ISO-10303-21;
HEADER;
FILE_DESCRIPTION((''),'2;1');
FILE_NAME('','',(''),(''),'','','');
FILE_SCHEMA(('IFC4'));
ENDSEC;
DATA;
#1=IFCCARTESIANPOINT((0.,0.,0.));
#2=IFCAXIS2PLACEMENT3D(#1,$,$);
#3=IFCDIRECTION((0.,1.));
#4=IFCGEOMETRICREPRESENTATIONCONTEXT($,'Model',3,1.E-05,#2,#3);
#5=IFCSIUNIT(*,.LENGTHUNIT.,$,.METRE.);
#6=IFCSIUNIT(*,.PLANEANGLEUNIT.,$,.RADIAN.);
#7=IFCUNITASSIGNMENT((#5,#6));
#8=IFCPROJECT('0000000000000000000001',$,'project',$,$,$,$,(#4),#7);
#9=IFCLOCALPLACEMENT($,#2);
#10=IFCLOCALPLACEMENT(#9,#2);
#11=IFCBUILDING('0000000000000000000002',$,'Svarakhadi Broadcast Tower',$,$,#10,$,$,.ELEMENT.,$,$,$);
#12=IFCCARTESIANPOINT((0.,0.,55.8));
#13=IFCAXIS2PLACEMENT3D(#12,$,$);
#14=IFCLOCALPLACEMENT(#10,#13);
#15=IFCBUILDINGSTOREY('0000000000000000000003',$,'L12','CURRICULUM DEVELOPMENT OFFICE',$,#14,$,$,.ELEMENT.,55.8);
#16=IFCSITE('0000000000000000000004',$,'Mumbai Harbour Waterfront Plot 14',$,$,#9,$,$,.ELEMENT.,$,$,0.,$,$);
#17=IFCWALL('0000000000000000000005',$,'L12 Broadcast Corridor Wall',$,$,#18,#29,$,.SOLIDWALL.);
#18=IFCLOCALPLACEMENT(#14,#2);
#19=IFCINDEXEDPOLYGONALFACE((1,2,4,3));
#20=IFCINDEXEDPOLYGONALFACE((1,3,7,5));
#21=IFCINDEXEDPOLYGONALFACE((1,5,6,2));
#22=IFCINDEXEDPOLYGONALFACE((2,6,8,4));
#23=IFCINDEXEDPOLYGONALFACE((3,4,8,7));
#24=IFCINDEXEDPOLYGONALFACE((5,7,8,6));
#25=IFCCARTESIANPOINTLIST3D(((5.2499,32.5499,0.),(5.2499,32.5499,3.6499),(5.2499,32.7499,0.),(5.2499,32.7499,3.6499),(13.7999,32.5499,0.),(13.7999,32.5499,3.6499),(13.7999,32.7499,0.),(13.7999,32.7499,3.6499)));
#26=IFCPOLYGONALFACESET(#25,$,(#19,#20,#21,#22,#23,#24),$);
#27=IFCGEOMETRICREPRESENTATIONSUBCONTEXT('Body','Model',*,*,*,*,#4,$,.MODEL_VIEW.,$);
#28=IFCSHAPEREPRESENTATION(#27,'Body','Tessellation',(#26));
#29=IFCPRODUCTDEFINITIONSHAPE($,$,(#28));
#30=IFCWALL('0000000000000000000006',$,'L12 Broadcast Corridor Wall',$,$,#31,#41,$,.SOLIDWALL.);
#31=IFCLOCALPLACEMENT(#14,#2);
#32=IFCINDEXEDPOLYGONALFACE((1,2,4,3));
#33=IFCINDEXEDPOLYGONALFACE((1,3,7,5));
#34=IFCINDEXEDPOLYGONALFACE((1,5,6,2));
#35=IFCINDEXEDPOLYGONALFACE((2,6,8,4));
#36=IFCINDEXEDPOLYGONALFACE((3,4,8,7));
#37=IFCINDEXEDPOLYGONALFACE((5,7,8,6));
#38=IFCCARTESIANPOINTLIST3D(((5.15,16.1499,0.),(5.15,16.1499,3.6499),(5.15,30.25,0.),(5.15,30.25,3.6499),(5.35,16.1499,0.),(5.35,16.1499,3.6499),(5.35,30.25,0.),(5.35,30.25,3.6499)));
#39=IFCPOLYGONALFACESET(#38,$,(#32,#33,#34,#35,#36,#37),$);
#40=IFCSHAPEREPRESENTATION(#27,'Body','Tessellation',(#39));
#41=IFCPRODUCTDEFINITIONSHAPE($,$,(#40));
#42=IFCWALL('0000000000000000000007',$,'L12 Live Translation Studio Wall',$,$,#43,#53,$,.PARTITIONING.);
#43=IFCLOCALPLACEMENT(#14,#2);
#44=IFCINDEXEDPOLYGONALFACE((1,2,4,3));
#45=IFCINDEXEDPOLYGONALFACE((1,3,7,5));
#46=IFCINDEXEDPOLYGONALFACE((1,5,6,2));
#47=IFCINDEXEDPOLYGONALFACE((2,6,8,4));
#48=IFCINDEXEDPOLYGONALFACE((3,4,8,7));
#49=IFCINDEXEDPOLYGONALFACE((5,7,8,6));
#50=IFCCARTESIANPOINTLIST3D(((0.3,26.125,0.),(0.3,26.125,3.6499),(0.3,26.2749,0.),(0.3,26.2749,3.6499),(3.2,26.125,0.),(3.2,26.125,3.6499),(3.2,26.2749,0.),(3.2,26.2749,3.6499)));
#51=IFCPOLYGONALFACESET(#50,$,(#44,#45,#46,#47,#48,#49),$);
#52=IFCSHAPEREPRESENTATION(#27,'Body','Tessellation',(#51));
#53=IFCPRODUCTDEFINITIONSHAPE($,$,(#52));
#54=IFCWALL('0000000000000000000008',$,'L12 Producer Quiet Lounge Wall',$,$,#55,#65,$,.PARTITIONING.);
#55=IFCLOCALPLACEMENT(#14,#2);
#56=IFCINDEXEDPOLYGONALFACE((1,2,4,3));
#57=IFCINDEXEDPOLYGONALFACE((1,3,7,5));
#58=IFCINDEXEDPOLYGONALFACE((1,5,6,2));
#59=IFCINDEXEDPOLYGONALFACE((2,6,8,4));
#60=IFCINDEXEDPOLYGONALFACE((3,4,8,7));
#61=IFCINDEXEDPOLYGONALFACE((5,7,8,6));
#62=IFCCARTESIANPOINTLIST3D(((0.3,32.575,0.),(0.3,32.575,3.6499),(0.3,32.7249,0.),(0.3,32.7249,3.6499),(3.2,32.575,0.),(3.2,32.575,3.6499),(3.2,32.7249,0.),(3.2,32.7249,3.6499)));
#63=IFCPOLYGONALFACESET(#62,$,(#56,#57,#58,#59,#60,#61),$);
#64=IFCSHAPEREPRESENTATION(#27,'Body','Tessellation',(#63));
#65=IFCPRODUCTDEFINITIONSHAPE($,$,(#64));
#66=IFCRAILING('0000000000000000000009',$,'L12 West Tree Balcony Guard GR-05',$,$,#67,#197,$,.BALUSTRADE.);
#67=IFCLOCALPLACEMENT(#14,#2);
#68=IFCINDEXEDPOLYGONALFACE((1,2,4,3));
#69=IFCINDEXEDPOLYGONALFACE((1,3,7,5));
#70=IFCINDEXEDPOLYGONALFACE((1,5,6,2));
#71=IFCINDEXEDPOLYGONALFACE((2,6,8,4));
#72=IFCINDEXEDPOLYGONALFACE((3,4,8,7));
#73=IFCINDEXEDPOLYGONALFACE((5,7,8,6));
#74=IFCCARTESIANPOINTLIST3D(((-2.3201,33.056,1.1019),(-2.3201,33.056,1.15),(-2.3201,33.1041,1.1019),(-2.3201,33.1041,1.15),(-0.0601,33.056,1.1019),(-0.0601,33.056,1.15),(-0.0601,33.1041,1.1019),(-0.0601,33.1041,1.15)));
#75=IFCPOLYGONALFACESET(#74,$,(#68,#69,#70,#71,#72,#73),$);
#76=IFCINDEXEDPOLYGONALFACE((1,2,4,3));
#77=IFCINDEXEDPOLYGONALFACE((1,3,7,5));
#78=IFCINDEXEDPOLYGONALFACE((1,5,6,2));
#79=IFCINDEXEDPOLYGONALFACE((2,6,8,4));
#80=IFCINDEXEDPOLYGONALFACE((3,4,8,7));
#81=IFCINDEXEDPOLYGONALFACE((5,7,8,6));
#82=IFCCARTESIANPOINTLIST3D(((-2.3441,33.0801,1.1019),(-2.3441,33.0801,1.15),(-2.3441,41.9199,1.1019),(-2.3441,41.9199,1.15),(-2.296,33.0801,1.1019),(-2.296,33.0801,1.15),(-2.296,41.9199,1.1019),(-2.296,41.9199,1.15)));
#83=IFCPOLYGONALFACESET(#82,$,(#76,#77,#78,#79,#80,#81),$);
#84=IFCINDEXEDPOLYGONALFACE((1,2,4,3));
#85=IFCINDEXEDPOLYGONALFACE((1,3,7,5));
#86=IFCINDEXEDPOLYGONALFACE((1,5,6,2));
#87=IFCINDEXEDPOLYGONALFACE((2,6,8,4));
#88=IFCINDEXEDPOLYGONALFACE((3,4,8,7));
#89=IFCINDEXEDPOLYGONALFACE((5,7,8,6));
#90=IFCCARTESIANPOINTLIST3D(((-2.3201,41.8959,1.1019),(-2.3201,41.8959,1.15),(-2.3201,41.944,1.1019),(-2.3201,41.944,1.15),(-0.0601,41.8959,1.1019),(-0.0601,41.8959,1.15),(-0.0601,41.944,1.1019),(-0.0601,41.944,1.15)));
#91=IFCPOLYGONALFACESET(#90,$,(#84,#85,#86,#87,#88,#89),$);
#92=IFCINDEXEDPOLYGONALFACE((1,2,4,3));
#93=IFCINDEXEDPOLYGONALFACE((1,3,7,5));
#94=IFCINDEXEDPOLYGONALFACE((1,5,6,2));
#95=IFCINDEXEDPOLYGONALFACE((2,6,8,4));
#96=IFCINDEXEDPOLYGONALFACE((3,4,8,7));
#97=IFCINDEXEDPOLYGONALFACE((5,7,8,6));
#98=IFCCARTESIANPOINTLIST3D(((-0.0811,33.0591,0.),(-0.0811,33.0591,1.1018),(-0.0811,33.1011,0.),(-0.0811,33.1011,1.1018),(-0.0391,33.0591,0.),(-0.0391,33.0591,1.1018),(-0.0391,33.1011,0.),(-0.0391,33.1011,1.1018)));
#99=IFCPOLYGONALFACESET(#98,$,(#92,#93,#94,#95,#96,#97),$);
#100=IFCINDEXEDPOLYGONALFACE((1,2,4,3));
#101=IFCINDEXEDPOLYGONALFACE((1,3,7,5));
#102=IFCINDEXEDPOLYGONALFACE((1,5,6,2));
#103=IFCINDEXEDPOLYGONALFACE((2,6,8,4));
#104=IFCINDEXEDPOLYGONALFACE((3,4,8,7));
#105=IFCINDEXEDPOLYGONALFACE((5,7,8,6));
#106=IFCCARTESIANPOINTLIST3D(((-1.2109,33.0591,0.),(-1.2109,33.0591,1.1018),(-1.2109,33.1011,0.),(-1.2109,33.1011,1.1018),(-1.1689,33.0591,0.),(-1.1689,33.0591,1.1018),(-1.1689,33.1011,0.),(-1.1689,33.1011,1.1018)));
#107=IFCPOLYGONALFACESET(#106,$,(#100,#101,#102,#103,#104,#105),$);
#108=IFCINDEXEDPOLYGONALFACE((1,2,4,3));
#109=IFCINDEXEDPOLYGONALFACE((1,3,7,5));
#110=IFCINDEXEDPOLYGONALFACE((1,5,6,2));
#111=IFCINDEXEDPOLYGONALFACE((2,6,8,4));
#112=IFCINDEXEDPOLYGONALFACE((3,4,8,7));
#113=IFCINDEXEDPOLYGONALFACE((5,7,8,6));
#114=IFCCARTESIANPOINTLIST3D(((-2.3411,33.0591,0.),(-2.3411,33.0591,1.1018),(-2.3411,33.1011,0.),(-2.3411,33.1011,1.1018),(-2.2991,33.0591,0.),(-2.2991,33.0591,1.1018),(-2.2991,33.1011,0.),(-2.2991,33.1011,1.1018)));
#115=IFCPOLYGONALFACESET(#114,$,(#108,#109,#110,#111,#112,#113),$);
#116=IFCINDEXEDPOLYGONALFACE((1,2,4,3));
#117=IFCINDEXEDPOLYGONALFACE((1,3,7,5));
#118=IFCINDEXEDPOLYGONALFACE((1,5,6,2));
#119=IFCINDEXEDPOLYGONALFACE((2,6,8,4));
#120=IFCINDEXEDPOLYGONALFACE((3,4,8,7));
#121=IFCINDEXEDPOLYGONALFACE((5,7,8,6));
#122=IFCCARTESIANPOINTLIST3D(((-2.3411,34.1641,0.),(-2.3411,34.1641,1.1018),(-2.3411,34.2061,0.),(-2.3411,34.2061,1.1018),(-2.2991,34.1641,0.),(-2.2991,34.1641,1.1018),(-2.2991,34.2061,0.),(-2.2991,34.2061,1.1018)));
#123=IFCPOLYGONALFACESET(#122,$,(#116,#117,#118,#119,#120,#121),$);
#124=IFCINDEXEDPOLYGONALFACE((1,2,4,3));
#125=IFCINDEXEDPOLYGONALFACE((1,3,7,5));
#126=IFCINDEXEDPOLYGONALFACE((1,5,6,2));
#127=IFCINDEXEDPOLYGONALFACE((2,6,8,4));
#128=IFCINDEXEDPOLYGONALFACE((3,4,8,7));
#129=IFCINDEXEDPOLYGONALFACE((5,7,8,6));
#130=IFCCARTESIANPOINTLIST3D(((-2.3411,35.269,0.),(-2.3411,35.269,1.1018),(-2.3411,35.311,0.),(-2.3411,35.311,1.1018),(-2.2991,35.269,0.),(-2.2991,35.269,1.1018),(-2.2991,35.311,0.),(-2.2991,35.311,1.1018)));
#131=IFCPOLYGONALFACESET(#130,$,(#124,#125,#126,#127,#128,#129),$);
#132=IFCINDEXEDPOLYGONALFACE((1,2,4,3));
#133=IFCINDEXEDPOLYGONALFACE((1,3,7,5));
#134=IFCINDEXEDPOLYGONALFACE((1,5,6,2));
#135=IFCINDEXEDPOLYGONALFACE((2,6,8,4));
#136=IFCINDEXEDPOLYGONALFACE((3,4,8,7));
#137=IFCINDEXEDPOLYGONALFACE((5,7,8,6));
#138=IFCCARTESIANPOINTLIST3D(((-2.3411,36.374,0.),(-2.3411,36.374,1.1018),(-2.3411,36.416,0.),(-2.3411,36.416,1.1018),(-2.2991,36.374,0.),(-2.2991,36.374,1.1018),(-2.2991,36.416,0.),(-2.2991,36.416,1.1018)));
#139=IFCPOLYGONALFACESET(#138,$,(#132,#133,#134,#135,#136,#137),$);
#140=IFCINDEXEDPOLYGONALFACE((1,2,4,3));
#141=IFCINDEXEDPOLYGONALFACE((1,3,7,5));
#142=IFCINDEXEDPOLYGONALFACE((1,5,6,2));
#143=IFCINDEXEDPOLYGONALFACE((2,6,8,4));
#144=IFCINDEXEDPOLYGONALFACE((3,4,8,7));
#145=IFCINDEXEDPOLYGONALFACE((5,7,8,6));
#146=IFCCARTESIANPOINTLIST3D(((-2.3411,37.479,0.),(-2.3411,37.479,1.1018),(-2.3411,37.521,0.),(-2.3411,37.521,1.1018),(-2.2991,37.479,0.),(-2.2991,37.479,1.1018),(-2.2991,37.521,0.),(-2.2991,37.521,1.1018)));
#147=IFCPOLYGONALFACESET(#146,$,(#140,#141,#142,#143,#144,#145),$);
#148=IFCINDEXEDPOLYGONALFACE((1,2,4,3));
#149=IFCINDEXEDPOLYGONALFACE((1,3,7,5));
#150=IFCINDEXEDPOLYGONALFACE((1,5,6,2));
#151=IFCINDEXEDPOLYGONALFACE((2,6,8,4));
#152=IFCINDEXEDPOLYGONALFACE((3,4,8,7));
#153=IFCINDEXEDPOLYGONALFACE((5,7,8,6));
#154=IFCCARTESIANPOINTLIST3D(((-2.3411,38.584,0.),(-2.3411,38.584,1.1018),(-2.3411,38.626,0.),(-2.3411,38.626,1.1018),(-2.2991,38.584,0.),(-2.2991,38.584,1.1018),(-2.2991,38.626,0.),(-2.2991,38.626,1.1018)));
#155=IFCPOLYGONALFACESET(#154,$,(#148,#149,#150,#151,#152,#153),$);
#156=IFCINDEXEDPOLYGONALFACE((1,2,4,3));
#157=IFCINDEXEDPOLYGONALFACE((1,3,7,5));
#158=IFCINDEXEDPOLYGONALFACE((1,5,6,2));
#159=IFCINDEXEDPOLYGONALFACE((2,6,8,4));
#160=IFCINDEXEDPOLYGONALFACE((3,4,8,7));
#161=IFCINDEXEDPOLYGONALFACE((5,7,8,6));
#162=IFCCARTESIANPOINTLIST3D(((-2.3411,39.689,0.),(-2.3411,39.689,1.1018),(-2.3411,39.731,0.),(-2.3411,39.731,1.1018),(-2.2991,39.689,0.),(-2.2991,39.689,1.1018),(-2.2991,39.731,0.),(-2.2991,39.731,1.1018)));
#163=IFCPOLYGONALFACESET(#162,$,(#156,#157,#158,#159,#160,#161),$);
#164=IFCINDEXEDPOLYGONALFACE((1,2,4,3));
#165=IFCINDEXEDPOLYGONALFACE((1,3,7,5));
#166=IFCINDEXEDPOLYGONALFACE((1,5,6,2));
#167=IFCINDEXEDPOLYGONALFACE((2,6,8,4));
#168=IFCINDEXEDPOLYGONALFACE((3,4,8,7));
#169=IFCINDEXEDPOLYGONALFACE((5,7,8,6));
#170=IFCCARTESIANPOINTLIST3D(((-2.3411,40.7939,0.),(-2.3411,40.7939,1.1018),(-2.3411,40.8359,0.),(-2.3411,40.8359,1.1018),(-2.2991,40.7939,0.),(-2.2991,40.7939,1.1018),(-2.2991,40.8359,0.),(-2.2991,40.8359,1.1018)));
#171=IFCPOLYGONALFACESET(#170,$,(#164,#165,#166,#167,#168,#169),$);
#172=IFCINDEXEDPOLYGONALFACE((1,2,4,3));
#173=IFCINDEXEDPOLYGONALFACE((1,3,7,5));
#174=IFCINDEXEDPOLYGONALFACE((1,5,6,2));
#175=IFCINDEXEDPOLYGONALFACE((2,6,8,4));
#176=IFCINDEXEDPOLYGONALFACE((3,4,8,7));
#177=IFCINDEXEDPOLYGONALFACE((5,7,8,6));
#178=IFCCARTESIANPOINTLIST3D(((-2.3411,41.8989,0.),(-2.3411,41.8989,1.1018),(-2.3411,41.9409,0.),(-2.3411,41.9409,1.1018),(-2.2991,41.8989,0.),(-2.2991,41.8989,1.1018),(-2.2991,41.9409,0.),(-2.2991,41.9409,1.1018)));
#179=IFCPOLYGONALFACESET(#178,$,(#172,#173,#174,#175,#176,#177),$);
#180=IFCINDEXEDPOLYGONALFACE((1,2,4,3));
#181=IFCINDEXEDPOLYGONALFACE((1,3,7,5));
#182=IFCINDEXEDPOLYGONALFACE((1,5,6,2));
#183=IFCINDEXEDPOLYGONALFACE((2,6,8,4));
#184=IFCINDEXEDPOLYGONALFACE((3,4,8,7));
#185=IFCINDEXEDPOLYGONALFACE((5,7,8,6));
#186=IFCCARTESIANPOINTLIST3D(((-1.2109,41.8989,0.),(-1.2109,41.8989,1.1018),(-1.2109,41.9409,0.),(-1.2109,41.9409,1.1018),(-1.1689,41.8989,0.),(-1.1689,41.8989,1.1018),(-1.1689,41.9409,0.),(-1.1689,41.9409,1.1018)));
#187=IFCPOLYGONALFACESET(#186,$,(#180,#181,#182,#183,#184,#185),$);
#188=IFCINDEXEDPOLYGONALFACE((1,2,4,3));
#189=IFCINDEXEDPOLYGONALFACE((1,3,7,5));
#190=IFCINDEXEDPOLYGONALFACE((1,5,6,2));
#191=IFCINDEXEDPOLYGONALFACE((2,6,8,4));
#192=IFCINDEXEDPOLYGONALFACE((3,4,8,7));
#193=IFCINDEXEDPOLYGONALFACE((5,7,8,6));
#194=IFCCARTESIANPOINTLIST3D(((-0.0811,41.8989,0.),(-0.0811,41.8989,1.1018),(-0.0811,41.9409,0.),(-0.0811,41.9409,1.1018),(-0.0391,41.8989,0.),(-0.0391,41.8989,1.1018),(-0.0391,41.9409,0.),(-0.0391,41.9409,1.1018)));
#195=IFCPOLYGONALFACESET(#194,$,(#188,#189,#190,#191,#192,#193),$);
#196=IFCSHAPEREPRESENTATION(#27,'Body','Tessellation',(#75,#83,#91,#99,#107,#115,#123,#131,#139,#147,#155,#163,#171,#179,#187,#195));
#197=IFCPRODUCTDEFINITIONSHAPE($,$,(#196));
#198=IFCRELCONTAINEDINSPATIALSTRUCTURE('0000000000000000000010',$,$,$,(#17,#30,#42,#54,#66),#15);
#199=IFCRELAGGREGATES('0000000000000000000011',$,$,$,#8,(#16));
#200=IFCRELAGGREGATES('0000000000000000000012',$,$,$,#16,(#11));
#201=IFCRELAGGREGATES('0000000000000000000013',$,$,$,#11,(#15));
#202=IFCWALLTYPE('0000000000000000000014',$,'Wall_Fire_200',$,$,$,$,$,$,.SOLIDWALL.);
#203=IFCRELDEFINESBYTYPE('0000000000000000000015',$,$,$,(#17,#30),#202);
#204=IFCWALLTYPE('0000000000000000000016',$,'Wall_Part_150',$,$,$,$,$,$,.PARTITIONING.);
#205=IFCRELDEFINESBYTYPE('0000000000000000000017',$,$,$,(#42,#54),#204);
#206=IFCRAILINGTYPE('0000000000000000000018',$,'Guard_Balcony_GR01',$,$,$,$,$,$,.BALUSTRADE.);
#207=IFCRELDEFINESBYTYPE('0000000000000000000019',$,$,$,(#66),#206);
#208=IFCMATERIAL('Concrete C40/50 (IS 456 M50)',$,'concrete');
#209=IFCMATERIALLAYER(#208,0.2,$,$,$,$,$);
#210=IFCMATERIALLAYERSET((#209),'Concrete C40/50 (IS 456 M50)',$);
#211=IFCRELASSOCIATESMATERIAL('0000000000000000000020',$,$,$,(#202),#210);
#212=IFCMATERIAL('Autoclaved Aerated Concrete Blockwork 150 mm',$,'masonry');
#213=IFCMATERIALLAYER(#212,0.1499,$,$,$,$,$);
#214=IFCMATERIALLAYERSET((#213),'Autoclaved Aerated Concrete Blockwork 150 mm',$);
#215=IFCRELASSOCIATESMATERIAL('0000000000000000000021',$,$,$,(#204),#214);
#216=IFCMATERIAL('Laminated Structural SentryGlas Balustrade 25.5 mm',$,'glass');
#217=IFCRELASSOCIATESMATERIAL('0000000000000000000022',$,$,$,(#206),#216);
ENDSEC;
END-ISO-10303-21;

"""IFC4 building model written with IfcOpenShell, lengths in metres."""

from ifc_helpers import new_model, si_unit, direction, frame, frame_2d, origin, origin_2d, place, context, subcontext, project, spatial, rectangle, extrude, material, layer, layer_set, type_object, element, save


model = new_model("IFC4")

# Units and contexts
model_context = context("Model", 3, precision=1e-05, world=origin(), true_north=direction((0.0, 1.0)))
body_context = subcontext(model_context, "Body", "Model", "MODEL_VIEW")
ifc_project = project(units=[si_unit("LENGTHUNIT", "METRE"), si_unit("PLANEANGLEUNIT", "RADIAN")], contexts=[model_context])

# Site, building, storey
site_placement = place(None, origin())
site = spatial("IfcSite", under=ifc_project, at=site_placement, Name="Mumbai Harbour Waterfront Plot 14", CompositionType="ELEMENT", RefElevation=0.0)
building_placement = place(site_placement, origin())
building = spatial("IfcBuilding", under=site, at=building_placement, Name="Svarakhadi Broadcast Tower", CompositionType="ELEMENT")
storey_placement = place(building_placement, frame((0.0, 0.0, 55.8)))
storey = spatial("IfcBuildingStorey", under=building, at=storey_placement, Name="L12", Description="CURRICULUM DEVELOPMENT OFFICE", CompositionType="ELEMENT", Elevation=55.8)

# Shared definitions
ifc_material_1 = material(Name="Concrete C40/50 (IS 456 M50)", Category="concrete")

# Walls
ifc_layer_1 = layer(ifc_material_1, 0.2)
ifc_layer_set_1 = layer_set([ifc_layer_1], Name="Concrete C40/50 (IS 456 M50)")
wall_type_1 = type_object("IfcWallType", Name="Wall_Fire_200", PredefinedType="SOLIDWALL", material=ifc_layer_set_1)
wall_1_placement = place(storey_placement, frame((5.25, 32.6499, 0.0), z_axis=(0.0, 0.0, 1.0), x_axis=(1.0, 0.0, 0.0)))
element("IfcWall", 1, at=wall_1_placement, inside=storey, type_object=wall_type_1, Name="L12 Broadcast Corridor Wall", PredefinedType="SOLIDWALL", context=body_context, shape_type="SweptSolid", body=[
    extrude(rectangle(XDim=8.55, YDim=0.2, at=frame_2d((4.2749, 0.0))), origin(), (0.0, 0.0, 1.0), 3.6499),
])
wall_2_placement = place(storey_placement, frame((5.25, 30.25, 0.0), z_axis=(0.0, 0.0, 1.0), x_axis=(0.0, -1.0, 0.0)))
element("IfcWall", 2, at=wall_2_placement, inside=storey, type_object=wall_type_1, Name="L12 Broadcast Corridor Wall", PredefinedType="SOLIDWALL", context=body_context, shape_type="SweptSolid", body=[
    extrude(rectangle(XDim=14.1001, YDim=0.2, at=frame_2d((7.05, 0.0))), origin(), (0.0, 0.0, 1.0), 3.6499),
])
ifc_material_2 = material(Name="Autoclaved Aerated Concrete Blockwork 150 mm", Category="masonry")
ifc_layer_2 = layer(ifc_material_2, 0.1499)
ifc_layer_set_2 = layer_set([ifc_layer_2], Name="Autoclaved Aerated Concrete Blockwork 150 mm")
wall_type_2 = type_object("IfcWallType", Name="Wall_Part_150", PredefinedType="PARTITIONING", material=ifc_layer_set_2)
for number, where, z_axis, x_axis, name in (
    (3, (0.3, 26.2, 0.0), (0.0, 0.0, 1.0), (1.0, 0.0, 0.0), "L12 Live Translation Studio Wall"),
    (4, (0.3, 32.6499, 0.0), (0.0, 0.0, 1.0), (1.0, 0.0, 0.0), "L12 Producer Quiet Lounge Wall"),
):
    element("IfcWall", number, at=place(storey_placement, frame(where, z_axis=z_axis, x_axis=x_axis)), inside=storey, type_object=wall_type_2, Name=name, PredefinedType="PARTITIONING", context=body_context, shape_type="SweptSolid", body=[
        extrude(rectangle(XDim=2.8999, YDim=0.1499, at=frame_2d((1.45, 0.0))), origin(), (0.0, 0.0, 1.0), 3.6499),
    ])

# Railing
ifc_material_3 = material(Name="Laminated Structural SentryGlas Balustrade 25.5 mm", Category="glass")
railing_type = type_object("IfcRailingType", Name="Guard_Balcony_GR01", PredefinedType="BALUSTRADE", material=ifc_material_3)
railing_placement = place(storey_placement, frame((-0.0601, 33.0801, 0.0)))
element("IfcRailing", 5, at=railing_placement, inside=storey, type_object=railing_type, Name="L12 West Tree Balcony Guard GR-05", PredefinedType="BALUSTRADE", context=body_context, shape_type="SweptSolid", body=[
    extrude(rectangle(XDim=0.0481, YDim=0.0481, at=origin_2d()), frame((0.0, 0.0, 1.126), z_axis=(-1.0, 0.0, 0.0), x_axis=(0.0, -1.0, 0.0)), (0.0, 0.0, 1.0), 2.26),
    extrude(rectangle(XDim=0.0481, YDim=0.0481, at=origin_2d()), frame((-2.26, 0.0, 1.126), z_axis=(0.0, 1.0, 0.0), x_axis=(-1.0, 0.0, 0.0)), (0.0, 0.0, 1.0), 8.8398),
    extrude(rectangle(XDim=0.0481, YDim=0.0481, at=origin_2d()), frame((-2.26, 8.8398, 1.126), z_axis=(1.0, 0.0, 0.0), x_axis=(0.0, 1.0, 0.0)), (0.0, 0.0, 1.0), 2.26),
    extrude(rectangle(XDim=0.042, YDim=0.042, at=origin_2d()), origin(), (0.0, 0.0, 1.0), 1.1018),
    extrude(rectangle(XDim=0.042, YDim=0.042, at=origin_2d()), frame((-1.1299, 0.0, 0.0)), (0.0, 0.0, 1.0), 1.1018),
    extrude(rectangle(XDim=0.042, YDim=0.042, at=origin_2d()), frame((-2.26, 0.0, 0.0)), (0.0, 0.0, 1.0), 1.1018),
    extrude(rectangle(XDim=0.042, YDim=0.042, at=origin_2d()), frame((-2.26, 1.105, 0.0)), (0.0, 0.0, 1.0), 1.1018),
    extrude(rectangle(XDim=0.042, YDim=0.042, at=origin_2d()), frame((-2.26, 2.21, 0.0)), (0.0, 0.0, 1.0), 1.1018),
    extrude(rectangle(XDim=0.042, YDim=0.042, at=origin_2d()), frame((-2.26, 3.3149, 0.0)), (0.0, 0.0, 1.0), 1.1018),
    extrude(rectangle(XDim=0.042, YDim=0.042, at=origin_2d()), frame((-2.26, 4.4199, 0.0)), (0.0, 0.0, 1.0), 1.1018),
    extrude(rectangle(XDim=0.042, YDim=0.042, at=origin_2d()), frame((-2.26, 5.5249, 0.0)), (0.0, 0.0, 1.0), 1.1018),
    extrude(rectangle(XDim=0.042, YDim=0.042, at=origin_2d()), frame((-2.26, 6.6299, 0.0)), (0.0, 0.0, 1.0), 1.1018),
    extrude(rectangle(XDim=0.042, YDim=0.042, at=origin_2d()), frame((-2.26, 7.7349, 0.0)), (0.0, 0.0, 1.0), 1.1018),
    extrude(rectangle(XDim=0.042, YDim=0.042, at=origin_2d()), frame((-2.26, 8.8398, 0.0)), (0.0, 0.0, 1.0), 1.1018),
    extrude(rectangle(XDim=0.042, YDim=0.042, at=origin_2d()), frame((-1.1299, 8.8398, 0.0)), (0.0, 0.0, 1.0), 1.1018),
    extrude(rectangle(XDim=0.042, YDim=0.042, at=origin_2d()), frame((0.0, 8.8398, 0.0)), (0.0, 0.0, 1.0), 1.1018),
])

save(model, "model.ifc")
